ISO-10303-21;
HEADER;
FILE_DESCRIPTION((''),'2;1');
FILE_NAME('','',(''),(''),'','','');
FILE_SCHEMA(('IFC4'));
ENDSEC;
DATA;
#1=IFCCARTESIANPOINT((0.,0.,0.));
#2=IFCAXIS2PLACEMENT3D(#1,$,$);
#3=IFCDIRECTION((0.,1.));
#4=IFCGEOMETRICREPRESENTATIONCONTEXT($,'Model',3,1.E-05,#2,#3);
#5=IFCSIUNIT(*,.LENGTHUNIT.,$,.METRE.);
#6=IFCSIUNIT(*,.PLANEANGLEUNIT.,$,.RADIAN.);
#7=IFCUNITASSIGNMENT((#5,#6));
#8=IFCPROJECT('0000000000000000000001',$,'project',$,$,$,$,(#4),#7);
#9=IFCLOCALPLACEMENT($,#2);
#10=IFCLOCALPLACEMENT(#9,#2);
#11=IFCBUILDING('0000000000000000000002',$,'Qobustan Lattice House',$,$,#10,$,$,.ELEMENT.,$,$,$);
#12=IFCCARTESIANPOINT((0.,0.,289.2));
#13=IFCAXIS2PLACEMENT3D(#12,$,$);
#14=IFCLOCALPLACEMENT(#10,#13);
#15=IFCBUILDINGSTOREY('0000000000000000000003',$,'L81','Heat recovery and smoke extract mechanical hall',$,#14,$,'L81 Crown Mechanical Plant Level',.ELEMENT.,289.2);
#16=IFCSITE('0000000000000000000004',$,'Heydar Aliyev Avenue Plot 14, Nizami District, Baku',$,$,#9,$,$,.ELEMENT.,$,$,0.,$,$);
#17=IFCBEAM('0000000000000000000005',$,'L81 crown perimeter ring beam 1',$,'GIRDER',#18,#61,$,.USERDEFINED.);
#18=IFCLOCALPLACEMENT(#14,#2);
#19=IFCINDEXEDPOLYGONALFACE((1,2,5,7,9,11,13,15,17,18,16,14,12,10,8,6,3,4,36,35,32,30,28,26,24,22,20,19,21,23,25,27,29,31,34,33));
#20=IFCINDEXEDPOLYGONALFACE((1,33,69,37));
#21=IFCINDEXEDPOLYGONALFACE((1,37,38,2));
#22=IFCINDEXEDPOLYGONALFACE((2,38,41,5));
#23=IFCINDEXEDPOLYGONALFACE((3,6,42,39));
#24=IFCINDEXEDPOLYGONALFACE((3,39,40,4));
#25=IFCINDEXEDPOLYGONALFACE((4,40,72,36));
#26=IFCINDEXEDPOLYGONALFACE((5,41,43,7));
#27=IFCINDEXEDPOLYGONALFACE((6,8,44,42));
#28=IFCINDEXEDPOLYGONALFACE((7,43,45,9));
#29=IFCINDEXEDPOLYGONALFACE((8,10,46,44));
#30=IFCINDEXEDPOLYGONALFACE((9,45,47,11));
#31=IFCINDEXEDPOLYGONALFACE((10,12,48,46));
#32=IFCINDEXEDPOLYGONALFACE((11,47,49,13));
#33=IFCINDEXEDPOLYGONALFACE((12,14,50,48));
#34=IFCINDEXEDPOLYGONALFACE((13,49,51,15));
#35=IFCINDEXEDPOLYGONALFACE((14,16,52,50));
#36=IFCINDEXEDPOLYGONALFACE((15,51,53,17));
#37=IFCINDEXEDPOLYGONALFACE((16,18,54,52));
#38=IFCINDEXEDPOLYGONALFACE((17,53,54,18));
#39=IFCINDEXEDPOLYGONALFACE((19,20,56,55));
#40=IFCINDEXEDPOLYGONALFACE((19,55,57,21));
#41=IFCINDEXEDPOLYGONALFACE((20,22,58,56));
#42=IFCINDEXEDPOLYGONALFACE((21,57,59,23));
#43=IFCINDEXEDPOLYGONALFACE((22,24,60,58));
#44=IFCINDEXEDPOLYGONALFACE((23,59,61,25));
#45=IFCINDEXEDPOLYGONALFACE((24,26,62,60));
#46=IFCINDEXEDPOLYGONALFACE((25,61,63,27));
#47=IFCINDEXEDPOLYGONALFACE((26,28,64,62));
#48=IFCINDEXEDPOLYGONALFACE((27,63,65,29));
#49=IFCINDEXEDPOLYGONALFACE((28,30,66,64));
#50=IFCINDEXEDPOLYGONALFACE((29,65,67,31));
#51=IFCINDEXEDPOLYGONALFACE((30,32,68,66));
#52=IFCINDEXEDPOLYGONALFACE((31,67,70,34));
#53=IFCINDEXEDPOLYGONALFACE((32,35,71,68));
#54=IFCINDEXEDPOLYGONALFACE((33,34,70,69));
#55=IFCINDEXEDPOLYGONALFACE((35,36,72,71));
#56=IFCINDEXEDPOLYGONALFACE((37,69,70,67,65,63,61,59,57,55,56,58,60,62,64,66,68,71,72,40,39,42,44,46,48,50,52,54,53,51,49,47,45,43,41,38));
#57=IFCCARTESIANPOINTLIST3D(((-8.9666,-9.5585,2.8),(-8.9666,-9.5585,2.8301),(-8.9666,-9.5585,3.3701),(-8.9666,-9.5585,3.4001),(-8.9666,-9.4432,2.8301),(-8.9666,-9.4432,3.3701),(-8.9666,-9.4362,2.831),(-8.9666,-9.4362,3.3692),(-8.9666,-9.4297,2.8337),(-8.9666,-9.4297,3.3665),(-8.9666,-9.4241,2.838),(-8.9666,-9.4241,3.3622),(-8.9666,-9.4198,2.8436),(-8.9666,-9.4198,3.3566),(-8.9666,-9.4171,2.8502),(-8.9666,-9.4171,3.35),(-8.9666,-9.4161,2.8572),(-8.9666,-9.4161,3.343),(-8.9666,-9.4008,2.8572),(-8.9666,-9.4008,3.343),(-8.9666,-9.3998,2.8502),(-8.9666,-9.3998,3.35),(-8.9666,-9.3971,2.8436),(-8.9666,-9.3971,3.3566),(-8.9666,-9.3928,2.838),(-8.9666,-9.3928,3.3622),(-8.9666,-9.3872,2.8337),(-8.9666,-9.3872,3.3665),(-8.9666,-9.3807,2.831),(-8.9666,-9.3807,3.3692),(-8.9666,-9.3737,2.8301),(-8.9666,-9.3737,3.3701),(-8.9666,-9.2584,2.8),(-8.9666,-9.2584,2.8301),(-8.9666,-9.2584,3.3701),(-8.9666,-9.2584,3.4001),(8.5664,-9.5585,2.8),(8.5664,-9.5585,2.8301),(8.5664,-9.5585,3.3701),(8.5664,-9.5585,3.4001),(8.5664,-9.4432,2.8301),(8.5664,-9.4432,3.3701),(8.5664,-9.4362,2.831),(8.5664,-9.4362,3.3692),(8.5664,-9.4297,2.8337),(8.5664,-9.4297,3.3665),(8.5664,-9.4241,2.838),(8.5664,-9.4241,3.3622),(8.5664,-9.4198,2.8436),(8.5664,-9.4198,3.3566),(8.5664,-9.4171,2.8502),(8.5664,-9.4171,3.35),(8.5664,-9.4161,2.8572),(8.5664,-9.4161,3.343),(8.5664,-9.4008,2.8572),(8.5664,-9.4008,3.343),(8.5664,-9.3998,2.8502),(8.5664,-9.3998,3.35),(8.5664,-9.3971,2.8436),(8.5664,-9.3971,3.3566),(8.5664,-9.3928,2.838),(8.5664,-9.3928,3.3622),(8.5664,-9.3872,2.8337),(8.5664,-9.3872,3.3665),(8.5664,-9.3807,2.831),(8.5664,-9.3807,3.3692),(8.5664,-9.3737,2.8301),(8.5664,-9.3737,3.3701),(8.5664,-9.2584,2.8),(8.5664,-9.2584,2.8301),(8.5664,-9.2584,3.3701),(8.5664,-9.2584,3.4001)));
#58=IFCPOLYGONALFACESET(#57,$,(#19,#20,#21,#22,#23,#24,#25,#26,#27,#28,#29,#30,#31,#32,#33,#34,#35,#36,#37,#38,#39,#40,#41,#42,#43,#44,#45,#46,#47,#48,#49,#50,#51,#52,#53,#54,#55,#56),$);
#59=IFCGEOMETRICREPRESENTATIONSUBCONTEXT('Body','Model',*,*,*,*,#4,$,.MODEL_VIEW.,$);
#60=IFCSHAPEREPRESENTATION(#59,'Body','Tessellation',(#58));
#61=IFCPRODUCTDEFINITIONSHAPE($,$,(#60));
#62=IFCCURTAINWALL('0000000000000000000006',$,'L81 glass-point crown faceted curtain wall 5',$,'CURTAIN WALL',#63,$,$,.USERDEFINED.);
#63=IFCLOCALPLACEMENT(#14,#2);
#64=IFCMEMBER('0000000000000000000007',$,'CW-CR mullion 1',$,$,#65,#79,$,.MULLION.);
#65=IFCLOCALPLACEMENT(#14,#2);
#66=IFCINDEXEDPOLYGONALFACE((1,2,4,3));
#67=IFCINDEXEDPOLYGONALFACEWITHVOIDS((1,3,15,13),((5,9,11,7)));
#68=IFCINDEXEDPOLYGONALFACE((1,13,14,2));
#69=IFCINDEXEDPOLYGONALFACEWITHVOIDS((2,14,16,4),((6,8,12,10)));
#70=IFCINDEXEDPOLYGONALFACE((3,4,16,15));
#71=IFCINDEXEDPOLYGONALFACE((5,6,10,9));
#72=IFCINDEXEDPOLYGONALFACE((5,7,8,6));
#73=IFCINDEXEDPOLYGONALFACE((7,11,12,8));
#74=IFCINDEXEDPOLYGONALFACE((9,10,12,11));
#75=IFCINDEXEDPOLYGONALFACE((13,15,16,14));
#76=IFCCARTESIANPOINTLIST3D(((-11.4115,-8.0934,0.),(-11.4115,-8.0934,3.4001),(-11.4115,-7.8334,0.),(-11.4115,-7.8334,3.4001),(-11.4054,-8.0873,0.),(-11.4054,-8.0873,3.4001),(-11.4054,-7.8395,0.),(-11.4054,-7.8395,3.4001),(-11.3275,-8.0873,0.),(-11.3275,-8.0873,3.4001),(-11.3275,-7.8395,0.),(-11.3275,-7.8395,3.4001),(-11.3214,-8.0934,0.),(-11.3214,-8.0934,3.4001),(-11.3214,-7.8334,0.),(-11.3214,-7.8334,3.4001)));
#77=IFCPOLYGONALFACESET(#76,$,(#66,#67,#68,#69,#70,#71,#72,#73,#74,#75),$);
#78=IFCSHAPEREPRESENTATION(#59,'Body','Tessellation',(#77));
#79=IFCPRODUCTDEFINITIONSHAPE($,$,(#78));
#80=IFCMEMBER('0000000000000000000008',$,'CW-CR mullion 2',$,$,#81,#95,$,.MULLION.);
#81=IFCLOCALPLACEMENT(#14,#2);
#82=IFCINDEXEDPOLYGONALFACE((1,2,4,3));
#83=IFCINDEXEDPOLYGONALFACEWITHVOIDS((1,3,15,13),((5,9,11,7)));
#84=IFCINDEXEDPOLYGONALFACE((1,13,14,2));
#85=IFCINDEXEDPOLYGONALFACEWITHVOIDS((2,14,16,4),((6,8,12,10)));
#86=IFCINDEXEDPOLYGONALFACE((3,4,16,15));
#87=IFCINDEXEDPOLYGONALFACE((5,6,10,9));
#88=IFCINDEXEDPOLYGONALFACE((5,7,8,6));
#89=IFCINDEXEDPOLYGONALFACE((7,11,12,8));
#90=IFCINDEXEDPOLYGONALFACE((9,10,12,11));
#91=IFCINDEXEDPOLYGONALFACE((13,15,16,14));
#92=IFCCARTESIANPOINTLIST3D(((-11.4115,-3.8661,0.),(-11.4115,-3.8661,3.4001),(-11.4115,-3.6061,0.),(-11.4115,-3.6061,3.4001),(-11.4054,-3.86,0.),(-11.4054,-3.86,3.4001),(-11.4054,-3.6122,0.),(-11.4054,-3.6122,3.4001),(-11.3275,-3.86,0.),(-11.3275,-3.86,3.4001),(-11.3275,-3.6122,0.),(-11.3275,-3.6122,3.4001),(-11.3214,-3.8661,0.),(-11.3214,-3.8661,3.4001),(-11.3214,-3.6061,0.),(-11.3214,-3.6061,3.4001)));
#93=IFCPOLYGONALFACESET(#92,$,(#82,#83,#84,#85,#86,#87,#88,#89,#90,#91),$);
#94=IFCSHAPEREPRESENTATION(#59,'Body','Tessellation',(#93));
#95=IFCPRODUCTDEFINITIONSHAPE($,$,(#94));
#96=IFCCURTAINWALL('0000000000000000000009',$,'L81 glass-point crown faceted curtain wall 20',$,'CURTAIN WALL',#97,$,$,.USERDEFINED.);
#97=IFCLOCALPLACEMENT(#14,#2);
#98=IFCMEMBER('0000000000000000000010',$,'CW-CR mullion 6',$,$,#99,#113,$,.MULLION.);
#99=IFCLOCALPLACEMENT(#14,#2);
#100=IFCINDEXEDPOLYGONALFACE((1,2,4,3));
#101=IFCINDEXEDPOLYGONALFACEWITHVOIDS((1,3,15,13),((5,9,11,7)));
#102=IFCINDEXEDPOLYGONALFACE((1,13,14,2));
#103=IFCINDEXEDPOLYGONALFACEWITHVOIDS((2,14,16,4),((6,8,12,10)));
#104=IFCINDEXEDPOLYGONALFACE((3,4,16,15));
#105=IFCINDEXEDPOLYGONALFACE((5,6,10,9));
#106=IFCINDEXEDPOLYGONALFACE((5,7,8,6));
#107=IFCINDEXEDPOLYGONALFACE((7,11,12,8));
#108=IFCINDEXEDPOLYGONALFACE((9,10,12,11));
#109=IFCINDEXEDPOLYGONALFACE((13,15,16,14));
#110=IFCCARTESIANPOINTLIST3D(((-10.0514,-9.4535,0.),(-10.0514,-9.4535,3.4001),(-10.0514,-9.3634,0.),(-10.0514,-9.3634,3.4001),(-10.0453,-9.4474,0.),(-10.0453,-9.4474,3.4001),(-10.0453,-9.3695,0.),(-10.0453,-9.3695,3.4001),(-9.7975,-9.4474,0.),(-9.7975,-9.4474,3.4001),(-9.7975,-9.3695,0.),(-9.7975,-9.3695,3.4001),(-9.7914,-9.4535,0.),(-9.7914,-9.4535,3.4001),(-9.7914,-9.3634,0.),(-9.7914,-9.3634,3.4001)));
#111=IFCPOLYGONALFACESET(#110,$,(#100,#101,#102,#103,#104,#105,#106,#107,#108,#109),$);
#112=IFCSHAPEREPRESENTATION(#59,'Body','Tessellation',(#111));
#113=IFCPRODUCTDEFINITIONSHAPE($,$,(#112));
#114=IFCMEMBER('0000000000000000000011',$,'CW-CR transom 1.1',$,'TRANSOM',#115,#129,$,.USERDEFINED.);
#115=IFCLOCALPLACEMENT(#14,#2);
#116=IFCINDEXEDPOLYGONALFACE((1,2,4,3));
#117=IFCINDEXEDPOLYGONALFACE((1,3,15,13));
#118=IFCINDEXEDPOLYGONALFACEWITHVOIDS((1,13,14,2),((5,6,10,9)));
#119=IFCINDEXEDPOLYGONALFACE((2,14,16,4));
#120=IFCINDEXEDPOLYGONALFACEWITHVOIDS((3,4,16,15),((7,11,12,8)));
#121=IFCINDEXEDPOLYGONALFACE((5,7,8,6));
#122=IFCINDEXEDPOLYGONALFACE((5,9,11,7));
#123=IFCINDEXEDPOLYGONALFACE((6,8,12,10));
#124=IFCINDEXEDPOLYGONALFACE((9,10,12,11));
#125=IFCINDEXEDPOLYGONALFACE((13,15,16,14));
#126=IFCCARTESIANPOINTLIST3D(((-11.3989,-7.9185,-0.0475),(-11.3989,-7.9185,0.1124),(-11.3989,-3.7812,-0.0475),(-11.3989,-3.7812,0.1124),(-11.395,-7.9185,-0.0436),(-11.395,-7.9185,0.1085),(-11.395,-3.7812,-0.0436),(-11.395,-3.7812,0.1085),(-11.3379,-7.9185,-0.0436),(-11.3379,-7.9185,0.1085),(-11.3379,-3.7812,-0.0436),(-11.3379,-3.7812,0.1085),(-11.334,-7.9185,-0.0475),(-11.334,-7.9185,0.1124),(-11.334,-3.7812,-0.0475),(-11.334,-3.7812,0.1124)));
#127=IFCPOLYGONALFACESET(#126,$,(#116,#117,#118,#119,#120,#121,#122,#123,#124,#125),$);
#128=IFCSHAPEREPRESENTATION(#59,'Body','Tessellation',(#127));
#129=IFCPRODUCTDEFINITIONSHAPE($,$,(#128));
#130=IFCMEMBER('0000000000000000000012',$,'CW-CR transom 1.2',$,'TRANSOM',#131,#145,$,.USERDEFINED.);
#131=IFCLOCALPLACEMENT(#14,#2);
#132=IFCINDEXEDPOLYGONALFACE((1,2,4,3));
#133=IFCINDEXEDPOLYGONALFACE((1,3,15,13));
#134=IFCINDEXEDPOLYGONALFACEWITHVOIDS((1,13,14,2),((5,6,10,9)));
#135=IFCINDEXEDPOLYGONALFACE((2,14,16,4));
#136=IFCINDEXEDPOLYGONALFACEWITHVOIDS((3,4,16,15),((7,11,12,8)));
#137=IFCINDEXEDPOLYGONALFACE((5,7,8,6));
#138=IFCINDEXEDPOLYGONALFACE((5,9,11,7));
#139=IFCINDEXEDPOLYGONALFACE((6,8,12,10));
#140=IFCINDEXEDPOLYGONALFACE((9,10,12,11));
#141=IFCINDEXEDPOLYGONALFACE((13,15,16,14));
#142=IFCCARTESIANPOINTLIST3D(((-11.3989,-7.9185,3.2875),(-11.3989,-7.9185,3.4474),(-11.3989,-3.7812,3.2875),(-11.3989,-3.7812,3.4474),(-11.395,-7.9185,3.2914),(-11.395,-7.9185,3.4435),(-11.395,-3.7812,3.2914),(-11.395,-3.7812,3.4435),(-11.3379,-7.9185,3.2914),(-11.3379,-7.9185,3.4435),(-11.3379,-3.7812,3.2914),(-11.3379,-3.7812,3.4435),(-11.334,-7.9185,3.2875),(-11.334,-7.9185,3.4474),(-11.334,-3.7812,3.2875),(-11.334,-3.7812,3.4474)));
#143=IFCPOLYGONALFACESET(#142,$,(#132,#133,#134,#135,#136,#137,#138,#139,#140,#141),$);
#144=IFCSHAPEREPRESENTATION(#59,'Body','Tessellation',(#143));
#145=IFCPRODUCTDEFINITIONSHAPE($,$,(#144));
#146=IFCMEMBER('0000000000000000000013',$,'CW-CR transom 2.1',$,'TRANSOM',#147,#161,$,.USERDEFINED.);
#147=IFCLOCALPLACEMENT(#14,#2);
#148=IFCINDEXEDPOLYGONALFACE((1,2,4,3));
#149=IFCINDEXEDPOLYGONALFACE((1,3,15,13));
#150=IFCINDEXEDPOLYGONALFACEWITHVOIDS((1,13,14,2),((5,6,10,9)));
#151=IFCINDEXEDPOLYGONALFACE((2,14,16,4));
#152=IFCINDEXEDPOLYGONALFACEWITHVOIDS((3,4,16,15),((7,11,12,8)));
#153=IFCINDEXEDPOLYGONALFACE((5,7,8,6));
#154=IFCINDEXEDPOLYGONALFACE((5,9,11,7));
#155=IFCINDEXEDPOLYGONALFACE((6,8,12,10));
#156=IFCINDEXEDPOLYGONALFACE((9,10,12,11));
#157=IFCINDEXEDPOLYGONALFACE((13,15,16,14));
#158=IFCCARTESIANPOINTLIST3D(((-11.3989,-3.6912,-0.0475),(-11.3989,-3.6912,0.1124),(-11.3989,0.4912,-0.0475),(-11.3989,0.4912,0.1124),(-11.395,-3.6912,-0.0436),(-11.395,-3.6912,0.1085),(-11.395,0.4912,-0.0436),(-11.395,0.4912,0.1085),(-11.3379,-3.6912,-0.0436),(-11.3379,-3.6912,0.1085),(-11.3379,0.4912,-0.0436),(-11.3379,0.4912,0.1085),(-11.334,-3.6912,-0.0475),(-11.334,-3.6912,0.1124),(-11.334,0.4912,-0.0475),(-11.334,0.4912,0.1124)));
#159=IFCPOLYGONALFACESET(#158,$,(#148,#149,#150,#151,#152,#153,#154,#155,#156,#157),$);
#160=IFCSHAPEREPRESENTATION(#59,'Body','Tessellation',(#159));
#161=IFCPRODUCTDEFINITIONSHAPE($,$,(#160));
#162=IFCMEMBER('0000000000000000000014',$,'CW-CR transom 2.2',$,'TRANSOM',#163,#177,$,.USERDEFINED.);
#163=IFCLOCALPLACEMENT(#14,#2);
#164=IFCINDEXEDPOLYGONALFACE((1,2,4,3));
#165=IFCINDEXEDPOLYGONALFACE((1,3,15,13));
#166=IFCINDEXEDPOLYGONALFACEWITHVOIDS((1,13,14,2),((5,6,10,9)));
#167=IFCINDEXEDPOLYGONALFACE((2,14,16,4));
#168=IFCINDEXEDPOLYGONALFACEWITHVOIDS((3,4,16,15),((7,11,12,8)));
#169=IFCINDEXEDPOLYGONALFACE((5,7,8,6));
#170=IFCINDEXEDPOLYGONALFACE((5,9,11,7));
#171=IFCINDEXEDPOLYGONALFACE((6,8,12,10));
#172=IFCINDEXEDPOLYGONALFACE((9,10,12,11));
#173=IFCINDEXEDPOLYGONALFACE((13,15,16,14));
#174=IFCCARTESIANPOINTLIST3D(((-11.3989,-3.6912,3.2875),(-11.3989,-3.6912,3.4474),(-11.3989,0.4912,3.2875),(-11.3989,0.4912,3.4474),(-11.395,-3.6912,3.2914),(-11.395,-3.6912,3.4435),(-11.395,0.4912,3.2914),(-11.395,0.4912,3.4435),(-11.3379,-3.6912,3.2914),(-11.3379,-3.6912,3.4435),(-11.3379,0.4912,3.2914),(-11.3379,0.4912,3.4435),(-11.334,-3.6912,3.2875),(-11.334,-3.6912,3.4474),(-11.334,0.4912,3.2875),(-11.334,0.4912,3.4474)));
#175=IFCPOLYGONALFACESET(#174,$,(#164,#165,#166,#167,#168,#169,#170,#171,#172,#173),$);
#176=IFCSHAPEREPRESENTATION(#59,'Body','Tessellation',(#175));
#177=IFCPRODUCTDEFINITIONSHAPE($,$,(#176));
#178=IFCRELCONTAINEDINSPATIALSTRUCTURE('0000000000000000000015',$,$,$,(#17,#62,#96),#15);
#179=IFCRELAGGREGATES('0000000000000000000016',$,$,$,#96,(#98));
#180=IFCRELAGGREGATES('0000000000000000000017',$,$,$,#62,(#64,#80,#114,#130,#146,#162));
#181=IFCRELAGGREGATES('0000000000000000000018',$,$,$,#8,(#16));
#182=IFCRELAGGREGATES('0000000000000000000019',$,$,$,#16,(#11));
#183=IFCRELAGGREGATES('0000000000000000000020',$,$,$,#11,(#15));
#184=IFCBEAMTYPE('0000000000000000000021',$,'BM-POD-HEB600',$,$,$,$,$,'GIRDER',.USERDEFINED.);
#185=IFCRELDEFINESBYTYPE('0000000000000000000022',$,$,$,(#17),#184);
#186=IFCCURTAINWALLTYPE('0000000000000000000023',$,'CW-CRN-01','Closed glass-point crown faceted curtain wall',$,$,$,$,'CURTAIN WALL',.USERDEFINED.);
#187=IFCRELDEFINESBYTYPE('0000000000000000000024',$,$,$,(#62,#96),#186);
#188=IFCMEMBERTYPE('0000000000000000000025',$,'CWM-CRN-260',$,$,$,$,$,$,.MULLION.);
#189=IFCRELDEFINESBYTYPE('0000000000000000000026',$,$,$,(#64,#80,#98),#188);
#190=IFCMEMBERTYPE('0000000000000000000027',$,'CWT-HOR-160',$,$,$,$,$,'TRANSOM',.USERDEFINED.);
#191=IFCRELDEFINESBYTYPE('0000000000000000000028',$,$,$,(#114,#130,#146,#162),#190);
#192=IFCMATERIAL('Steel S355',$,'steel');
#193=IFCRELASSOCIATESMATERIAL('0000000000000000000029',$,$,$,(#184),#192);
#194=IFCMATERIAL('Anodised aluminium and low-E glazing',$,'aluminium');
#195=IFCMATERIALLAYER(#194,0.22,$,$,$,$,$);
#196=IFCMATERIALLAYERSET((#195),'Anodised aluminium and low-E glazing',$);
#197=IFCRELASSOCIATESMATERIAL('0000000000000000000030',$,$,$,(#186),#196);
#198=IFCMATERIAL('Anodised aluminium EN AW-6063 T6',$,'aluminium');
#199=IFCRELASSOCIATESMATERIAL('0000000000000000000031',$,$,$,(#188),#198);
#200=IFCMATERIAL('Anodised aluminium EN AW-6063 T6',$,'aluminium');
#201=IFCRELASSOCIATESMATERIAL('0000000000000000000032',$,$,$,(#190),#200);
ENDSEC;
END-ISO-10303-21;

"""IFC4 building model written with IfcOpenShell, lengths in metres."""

from ifc_helpers import new_model, si_unit, direction, frame, origin, origin_2d, place, context, subcontext, project, spatial, hollow_rectangle, i_section, extrude, material, layer, layer_set, material_profile, profile_set, type_object, element, aggregate, save


model = new_model("IFC4")

# Units and contexts
model_context = context("Model", 3, precision=1e-05, world=origin(), true_north=direction((0.0, 1.0)))
body_context = subcontext(model_context, "Body", "Model", "MODEL_VIEW")
ifc_project = project(units=[si_unit("LENGTHUNIT", "METRE"), si_unit("PLANEANGLEUNIT", "RADIAN")], contexts=[model_context])

# Site, building, storey
site_placement = place(None, origin())
site = spatial("IfcSite", under=ifc_project, at=site_placement, Name="Heydar Aliyev Avenue Plot 14, Nizami District, Baku", CompositionType="ELEMENT", RefElevation=0.0)
building_placement = place(site_placement, origin())
building = spatial("IfcBuilding", under=site, at=building_placement, Name="Qobustan Lattice House", CompositionType="ELEMENT")
storey_placement = place(building_placement, frame((0.0, 0.0, 289.2)))
storey = spatial("IfcBuildingStorey", under=building, at=storey_placement, Name="L81", Description="Heat recovery and smoke extract mechanical hall", LongName="L81 Crown Mechanical Plant Level", CompositionType="ELEMENT", Elevation=289.2)

# Beam
ifc_material_1 = material(Name="Steel S355", Category="steel")
ifc_material_profile_1 = material_profile(ifc_material_1, i_section(OverallWidth=0.3, OverallDepth=0.6001, WebThickness=0.0154, FlangeThickness=0.03, FilletRadius=0.0271, at=origin_2d()), Name="HEB600")
ifc_profile_set_1 = profile_set([ifc_material_profile_1], Name="Steel S355")
beam_type = type_object("IfcBeamType", Name="BM-POD-HEB600", ElementType="GIRDER", PredefinedType="USERDEFINED", material=ifc_profile_set_1)
beam_placement = place(storey_placement, frame((-8.9666, -9.4084, 3.1001), z_axis=(1.0, 0.0, 0.0), x_axis=(0.0, 1.0, 0.0)))
element("IfcBeam", 1, at=beam_placement, inside=storey, type_object=beam_type, Name="L81 crown perimeter ring beam 1", ObjectType="GIRDER", PredefinedType="USERDEFINED", context=body_context, shape_type="SweptSolid", body=[
    extrude(i_section(OverallWidth=0.3, OverallDepth=0.6001, WebThickness=0.0154, FlangeThickness=0.03, FilletRadius=0.0271, at=origin_2d()), origin(), (0.0, 0.0, 1.0), 17.533),
])

# Curtain wall, members
ifc_material_2 = material(Name="Anodised aluminium and low-E glazing", Category="aluminium")
ifc_layer_1 = layer(ifc_material_2, 0.22)
ifc_layer_set_1 = layer_set([ifc_layer_1], Name="Anodised aluminium and low-E glazing")
curtain_wall_type = type_object("IfcCurtainWallType", Name="CW-CRN-01", Description="Closed glass-point crown faceted curtain wall", ElementType="CURTAIN WALL", PredefinedType="USERDEFINED", material=ifc_layer_set_1)
curtain_wall_1_placement = place(storey_placement, origin())
curtain_wall_1 = element("IfcCurtainWall", 2, at=curtain_wall_1_placement, inside=storey, type_object=curtain_wall_type, Name="L81 glass-point crown faceted curtain wall 5", ObjectType="CURTAIN WALL", PredefinedType="USERDEFINED")
ifc_material_3 = material(Name="Anodised aluminium EN AW-6063 T6", Category="aluminium")
ifc_material_profile_2 = material_profile(ifc_material_3, hollow_rectangle(XDim=0.0901, YDim=0.26, WallThickness=0.0061, at=origin_2d()), Name="CWM-CROWN-260x90")
ifc_profile_set_2 = profile_set([ifc_material_profile_2], Name="Anodised aluminium EN AW-6063 T6")
member_type_1 = type_object("IfcMemberType", Name="CWM-CRN-260", PredefinedType="MULLION", material=ifc_profile_set_2)
member_1_placement = place(storey_placement, frame((-11.3665, -7.9634, 0.0), z_axis=(0.0, 0.0, 1.0), x_axis=(-1.0, 0.0, 0.0)))
member_1 = element("IfcMember", 3, at=member_1_placement, type_object=member_type_1, Name="CW-CR mullion 1", PredefinedType="MULLION", context=body_context, shape_type="SweptSolid", body=[
    extrude(hollow_rectangle(XDim=0.0901, YDim=0.26, WallThickness=0.0061, at=origin_2d()), origin(), (0.0, 0.0, 1.0), 3.4001),
])
member_2_placement = place(storey_placement, frame((-11.3665, -3.7361, 0.0), z_axis=(0.0, 0.0, 1.0), x_axis=(-1.0, 0.0, 0.0)))
member_2 = element("IfcMember", 4, at=member_2_placement, type_object=member_type_1, Name="CW-CR mullion 2", PredefinedType="MULLION", context=body_context, shape_type="SweptSolid", body=[
    extrude(hollow_rectangle(XDim=0.0901, YDim=0.26, WallThickness=0.0061, at=origin_2d()), origin(), (0.0, 0.0, 1.0), 3.4001),
])

# Curtain wall, member
curtain_wall_2_placement = place(storey_placement, origin())
curtain_wall_2 = element("IfcCurtainWall", 5, at=curtain_wall_2_placement, inside=storey, type_object=curtain_wall_type, Name="L81 glass-point crown faceted curtain wall 20", ObjectType="CURTAIN WALL", PredefinedType="USERDEFINED")
member_3_placement = place(storey_placement, frame((-9.9214, -9.4084, 0.0), z_axis=(0.0, 0.0, 1.0), x_axis=(0.0, -1.0, 0.0)))
member_3 = element("IfcMember", 6, at=member_3_placement, type_object=member_type_1, Name="CW-CR mullion 6", PredefinedType="MULLION", context=body_context, shape_type="SweptSolid", body=[
    extrude(hollow_rectangle(XDim=0.0901, YDim=0.26, WallThickness=0.0061, at=origin_2d()), origin(), (0.0, 0.0, 1.0), 3.4001),
])
aggregate(curtain_wall_2, [member_3])

# Members
ifc_material_4 = material(Name="Anodised aluminium EN AW-6063 T6", Category="aluminium")
ifc_material_profile_3 = material_profile(ifc_material_4, hollow_rectangle(XDim=0.0649, YDim=0.1599, WallThickness=0.0039, at=origin_2d()), Name="CWT-160x65")
ifc_profile_set_3 = profile_set([ifc_material_profile_3], Name="Anodised aluminium EN AW-6063 T6")
member_type_2 = type_object("IfcMemberType", Name="CWT-HOR-160", ElementType="TRANSOM", PredefinedType="USERDEFINED", material=ifc_profile_set_3)
member_4_placement = place(storey_placement, frame((-11.3665, -7.9185, 0.0325), z_axis=(0.0, 1.0, 0.0), x_axis=(-1.0, 0.0, 0.0)))
member_4 = element("IfcMember", 7, at=member_4_placement, type_object=member_type_2, Name="CW-CR transom 1.1", ObjectType="TRANSOM", PredefinedType="USERDEFINED", context=body_context, shape_type="SweptSolid", body=[
    extrude(hollow_rectangle(XDim=0.0649, YDim=0.1599, WallThickness=0.0039, at=origin_2d()), origin(), (0.0, 0.0, 1.0), 4.1372),
])
member_5_placement = place(storey_placement, frame((-11.3665, -7.9185, 3.3674), z_axis=(0.0, 1.0, 0.0), x_axis=(-1.0, 0.0, 0.0)))
member_5 = element("IfcMember", 8, at=member_5_placement, type_object=member_type_2, Name="CW-CR transom 1.2", ObjectType="TRANSOM", PredefinedType="USERDEFINED", context=body_context, shape_type="SweptSolid", body=[
    extrude(hollow_rectangle(XDim=0.0649, YDim=0.1599, WallThickness=0.0039, at=origin_2d()), origin(), (0.0, 0.0, 1.0), 4.1372),
])
member_6_placement = place(storey_placement, frame((-11.3665, -3.6912, 0.0325), z_axis=(0.0, 1.0, 0.0), x_axis=(-1.0, 0.0, 0.0)))
member_6 = element("IfcMember", 9, at=member_6_placement, type_object=member_type_2, Name="CW-CR transom 2.1", ObjectType="TRANSOM", PredefinedType="USERDEFINED", context=body_context, shape_type="SweptSolid", body=[
    extrude(hollow_rectangle(XDim=0.0649, YDim=0.1599, WallThickness=0.0039, at=origin_2d()), origin(), (0.0, 0.0, 1.0), 4.1824),
])
member_7_placement = place(storey_placement, frame((-11.3665, -3.6912, 3.3674), z_axis=(0.0, 1.0, 0.0), x_axis=(-1.0, 0.0, 0.0)))
member_7 = element("IfcMember", 10, at=member_7_placement, type_object=member_type_2, Name="CW-CR transom 2.2", ObjectType="TRANSOM", PredefinedType="USERDEFINED", context=body_context, shape_type="SweptSolid", body=[
    extrude(hollow_rectangle(XDim=0.0649, YDim=0.1599, WallThickness=0.0039, at=origin_2d()), origin(), (0.0, 0.0, 1.0), 4.1824),
])

aggregate(curtain_wall_1, [member_1, member_2, member_4, member_5, member_6, member_7])

save(model, "model.ifc")
